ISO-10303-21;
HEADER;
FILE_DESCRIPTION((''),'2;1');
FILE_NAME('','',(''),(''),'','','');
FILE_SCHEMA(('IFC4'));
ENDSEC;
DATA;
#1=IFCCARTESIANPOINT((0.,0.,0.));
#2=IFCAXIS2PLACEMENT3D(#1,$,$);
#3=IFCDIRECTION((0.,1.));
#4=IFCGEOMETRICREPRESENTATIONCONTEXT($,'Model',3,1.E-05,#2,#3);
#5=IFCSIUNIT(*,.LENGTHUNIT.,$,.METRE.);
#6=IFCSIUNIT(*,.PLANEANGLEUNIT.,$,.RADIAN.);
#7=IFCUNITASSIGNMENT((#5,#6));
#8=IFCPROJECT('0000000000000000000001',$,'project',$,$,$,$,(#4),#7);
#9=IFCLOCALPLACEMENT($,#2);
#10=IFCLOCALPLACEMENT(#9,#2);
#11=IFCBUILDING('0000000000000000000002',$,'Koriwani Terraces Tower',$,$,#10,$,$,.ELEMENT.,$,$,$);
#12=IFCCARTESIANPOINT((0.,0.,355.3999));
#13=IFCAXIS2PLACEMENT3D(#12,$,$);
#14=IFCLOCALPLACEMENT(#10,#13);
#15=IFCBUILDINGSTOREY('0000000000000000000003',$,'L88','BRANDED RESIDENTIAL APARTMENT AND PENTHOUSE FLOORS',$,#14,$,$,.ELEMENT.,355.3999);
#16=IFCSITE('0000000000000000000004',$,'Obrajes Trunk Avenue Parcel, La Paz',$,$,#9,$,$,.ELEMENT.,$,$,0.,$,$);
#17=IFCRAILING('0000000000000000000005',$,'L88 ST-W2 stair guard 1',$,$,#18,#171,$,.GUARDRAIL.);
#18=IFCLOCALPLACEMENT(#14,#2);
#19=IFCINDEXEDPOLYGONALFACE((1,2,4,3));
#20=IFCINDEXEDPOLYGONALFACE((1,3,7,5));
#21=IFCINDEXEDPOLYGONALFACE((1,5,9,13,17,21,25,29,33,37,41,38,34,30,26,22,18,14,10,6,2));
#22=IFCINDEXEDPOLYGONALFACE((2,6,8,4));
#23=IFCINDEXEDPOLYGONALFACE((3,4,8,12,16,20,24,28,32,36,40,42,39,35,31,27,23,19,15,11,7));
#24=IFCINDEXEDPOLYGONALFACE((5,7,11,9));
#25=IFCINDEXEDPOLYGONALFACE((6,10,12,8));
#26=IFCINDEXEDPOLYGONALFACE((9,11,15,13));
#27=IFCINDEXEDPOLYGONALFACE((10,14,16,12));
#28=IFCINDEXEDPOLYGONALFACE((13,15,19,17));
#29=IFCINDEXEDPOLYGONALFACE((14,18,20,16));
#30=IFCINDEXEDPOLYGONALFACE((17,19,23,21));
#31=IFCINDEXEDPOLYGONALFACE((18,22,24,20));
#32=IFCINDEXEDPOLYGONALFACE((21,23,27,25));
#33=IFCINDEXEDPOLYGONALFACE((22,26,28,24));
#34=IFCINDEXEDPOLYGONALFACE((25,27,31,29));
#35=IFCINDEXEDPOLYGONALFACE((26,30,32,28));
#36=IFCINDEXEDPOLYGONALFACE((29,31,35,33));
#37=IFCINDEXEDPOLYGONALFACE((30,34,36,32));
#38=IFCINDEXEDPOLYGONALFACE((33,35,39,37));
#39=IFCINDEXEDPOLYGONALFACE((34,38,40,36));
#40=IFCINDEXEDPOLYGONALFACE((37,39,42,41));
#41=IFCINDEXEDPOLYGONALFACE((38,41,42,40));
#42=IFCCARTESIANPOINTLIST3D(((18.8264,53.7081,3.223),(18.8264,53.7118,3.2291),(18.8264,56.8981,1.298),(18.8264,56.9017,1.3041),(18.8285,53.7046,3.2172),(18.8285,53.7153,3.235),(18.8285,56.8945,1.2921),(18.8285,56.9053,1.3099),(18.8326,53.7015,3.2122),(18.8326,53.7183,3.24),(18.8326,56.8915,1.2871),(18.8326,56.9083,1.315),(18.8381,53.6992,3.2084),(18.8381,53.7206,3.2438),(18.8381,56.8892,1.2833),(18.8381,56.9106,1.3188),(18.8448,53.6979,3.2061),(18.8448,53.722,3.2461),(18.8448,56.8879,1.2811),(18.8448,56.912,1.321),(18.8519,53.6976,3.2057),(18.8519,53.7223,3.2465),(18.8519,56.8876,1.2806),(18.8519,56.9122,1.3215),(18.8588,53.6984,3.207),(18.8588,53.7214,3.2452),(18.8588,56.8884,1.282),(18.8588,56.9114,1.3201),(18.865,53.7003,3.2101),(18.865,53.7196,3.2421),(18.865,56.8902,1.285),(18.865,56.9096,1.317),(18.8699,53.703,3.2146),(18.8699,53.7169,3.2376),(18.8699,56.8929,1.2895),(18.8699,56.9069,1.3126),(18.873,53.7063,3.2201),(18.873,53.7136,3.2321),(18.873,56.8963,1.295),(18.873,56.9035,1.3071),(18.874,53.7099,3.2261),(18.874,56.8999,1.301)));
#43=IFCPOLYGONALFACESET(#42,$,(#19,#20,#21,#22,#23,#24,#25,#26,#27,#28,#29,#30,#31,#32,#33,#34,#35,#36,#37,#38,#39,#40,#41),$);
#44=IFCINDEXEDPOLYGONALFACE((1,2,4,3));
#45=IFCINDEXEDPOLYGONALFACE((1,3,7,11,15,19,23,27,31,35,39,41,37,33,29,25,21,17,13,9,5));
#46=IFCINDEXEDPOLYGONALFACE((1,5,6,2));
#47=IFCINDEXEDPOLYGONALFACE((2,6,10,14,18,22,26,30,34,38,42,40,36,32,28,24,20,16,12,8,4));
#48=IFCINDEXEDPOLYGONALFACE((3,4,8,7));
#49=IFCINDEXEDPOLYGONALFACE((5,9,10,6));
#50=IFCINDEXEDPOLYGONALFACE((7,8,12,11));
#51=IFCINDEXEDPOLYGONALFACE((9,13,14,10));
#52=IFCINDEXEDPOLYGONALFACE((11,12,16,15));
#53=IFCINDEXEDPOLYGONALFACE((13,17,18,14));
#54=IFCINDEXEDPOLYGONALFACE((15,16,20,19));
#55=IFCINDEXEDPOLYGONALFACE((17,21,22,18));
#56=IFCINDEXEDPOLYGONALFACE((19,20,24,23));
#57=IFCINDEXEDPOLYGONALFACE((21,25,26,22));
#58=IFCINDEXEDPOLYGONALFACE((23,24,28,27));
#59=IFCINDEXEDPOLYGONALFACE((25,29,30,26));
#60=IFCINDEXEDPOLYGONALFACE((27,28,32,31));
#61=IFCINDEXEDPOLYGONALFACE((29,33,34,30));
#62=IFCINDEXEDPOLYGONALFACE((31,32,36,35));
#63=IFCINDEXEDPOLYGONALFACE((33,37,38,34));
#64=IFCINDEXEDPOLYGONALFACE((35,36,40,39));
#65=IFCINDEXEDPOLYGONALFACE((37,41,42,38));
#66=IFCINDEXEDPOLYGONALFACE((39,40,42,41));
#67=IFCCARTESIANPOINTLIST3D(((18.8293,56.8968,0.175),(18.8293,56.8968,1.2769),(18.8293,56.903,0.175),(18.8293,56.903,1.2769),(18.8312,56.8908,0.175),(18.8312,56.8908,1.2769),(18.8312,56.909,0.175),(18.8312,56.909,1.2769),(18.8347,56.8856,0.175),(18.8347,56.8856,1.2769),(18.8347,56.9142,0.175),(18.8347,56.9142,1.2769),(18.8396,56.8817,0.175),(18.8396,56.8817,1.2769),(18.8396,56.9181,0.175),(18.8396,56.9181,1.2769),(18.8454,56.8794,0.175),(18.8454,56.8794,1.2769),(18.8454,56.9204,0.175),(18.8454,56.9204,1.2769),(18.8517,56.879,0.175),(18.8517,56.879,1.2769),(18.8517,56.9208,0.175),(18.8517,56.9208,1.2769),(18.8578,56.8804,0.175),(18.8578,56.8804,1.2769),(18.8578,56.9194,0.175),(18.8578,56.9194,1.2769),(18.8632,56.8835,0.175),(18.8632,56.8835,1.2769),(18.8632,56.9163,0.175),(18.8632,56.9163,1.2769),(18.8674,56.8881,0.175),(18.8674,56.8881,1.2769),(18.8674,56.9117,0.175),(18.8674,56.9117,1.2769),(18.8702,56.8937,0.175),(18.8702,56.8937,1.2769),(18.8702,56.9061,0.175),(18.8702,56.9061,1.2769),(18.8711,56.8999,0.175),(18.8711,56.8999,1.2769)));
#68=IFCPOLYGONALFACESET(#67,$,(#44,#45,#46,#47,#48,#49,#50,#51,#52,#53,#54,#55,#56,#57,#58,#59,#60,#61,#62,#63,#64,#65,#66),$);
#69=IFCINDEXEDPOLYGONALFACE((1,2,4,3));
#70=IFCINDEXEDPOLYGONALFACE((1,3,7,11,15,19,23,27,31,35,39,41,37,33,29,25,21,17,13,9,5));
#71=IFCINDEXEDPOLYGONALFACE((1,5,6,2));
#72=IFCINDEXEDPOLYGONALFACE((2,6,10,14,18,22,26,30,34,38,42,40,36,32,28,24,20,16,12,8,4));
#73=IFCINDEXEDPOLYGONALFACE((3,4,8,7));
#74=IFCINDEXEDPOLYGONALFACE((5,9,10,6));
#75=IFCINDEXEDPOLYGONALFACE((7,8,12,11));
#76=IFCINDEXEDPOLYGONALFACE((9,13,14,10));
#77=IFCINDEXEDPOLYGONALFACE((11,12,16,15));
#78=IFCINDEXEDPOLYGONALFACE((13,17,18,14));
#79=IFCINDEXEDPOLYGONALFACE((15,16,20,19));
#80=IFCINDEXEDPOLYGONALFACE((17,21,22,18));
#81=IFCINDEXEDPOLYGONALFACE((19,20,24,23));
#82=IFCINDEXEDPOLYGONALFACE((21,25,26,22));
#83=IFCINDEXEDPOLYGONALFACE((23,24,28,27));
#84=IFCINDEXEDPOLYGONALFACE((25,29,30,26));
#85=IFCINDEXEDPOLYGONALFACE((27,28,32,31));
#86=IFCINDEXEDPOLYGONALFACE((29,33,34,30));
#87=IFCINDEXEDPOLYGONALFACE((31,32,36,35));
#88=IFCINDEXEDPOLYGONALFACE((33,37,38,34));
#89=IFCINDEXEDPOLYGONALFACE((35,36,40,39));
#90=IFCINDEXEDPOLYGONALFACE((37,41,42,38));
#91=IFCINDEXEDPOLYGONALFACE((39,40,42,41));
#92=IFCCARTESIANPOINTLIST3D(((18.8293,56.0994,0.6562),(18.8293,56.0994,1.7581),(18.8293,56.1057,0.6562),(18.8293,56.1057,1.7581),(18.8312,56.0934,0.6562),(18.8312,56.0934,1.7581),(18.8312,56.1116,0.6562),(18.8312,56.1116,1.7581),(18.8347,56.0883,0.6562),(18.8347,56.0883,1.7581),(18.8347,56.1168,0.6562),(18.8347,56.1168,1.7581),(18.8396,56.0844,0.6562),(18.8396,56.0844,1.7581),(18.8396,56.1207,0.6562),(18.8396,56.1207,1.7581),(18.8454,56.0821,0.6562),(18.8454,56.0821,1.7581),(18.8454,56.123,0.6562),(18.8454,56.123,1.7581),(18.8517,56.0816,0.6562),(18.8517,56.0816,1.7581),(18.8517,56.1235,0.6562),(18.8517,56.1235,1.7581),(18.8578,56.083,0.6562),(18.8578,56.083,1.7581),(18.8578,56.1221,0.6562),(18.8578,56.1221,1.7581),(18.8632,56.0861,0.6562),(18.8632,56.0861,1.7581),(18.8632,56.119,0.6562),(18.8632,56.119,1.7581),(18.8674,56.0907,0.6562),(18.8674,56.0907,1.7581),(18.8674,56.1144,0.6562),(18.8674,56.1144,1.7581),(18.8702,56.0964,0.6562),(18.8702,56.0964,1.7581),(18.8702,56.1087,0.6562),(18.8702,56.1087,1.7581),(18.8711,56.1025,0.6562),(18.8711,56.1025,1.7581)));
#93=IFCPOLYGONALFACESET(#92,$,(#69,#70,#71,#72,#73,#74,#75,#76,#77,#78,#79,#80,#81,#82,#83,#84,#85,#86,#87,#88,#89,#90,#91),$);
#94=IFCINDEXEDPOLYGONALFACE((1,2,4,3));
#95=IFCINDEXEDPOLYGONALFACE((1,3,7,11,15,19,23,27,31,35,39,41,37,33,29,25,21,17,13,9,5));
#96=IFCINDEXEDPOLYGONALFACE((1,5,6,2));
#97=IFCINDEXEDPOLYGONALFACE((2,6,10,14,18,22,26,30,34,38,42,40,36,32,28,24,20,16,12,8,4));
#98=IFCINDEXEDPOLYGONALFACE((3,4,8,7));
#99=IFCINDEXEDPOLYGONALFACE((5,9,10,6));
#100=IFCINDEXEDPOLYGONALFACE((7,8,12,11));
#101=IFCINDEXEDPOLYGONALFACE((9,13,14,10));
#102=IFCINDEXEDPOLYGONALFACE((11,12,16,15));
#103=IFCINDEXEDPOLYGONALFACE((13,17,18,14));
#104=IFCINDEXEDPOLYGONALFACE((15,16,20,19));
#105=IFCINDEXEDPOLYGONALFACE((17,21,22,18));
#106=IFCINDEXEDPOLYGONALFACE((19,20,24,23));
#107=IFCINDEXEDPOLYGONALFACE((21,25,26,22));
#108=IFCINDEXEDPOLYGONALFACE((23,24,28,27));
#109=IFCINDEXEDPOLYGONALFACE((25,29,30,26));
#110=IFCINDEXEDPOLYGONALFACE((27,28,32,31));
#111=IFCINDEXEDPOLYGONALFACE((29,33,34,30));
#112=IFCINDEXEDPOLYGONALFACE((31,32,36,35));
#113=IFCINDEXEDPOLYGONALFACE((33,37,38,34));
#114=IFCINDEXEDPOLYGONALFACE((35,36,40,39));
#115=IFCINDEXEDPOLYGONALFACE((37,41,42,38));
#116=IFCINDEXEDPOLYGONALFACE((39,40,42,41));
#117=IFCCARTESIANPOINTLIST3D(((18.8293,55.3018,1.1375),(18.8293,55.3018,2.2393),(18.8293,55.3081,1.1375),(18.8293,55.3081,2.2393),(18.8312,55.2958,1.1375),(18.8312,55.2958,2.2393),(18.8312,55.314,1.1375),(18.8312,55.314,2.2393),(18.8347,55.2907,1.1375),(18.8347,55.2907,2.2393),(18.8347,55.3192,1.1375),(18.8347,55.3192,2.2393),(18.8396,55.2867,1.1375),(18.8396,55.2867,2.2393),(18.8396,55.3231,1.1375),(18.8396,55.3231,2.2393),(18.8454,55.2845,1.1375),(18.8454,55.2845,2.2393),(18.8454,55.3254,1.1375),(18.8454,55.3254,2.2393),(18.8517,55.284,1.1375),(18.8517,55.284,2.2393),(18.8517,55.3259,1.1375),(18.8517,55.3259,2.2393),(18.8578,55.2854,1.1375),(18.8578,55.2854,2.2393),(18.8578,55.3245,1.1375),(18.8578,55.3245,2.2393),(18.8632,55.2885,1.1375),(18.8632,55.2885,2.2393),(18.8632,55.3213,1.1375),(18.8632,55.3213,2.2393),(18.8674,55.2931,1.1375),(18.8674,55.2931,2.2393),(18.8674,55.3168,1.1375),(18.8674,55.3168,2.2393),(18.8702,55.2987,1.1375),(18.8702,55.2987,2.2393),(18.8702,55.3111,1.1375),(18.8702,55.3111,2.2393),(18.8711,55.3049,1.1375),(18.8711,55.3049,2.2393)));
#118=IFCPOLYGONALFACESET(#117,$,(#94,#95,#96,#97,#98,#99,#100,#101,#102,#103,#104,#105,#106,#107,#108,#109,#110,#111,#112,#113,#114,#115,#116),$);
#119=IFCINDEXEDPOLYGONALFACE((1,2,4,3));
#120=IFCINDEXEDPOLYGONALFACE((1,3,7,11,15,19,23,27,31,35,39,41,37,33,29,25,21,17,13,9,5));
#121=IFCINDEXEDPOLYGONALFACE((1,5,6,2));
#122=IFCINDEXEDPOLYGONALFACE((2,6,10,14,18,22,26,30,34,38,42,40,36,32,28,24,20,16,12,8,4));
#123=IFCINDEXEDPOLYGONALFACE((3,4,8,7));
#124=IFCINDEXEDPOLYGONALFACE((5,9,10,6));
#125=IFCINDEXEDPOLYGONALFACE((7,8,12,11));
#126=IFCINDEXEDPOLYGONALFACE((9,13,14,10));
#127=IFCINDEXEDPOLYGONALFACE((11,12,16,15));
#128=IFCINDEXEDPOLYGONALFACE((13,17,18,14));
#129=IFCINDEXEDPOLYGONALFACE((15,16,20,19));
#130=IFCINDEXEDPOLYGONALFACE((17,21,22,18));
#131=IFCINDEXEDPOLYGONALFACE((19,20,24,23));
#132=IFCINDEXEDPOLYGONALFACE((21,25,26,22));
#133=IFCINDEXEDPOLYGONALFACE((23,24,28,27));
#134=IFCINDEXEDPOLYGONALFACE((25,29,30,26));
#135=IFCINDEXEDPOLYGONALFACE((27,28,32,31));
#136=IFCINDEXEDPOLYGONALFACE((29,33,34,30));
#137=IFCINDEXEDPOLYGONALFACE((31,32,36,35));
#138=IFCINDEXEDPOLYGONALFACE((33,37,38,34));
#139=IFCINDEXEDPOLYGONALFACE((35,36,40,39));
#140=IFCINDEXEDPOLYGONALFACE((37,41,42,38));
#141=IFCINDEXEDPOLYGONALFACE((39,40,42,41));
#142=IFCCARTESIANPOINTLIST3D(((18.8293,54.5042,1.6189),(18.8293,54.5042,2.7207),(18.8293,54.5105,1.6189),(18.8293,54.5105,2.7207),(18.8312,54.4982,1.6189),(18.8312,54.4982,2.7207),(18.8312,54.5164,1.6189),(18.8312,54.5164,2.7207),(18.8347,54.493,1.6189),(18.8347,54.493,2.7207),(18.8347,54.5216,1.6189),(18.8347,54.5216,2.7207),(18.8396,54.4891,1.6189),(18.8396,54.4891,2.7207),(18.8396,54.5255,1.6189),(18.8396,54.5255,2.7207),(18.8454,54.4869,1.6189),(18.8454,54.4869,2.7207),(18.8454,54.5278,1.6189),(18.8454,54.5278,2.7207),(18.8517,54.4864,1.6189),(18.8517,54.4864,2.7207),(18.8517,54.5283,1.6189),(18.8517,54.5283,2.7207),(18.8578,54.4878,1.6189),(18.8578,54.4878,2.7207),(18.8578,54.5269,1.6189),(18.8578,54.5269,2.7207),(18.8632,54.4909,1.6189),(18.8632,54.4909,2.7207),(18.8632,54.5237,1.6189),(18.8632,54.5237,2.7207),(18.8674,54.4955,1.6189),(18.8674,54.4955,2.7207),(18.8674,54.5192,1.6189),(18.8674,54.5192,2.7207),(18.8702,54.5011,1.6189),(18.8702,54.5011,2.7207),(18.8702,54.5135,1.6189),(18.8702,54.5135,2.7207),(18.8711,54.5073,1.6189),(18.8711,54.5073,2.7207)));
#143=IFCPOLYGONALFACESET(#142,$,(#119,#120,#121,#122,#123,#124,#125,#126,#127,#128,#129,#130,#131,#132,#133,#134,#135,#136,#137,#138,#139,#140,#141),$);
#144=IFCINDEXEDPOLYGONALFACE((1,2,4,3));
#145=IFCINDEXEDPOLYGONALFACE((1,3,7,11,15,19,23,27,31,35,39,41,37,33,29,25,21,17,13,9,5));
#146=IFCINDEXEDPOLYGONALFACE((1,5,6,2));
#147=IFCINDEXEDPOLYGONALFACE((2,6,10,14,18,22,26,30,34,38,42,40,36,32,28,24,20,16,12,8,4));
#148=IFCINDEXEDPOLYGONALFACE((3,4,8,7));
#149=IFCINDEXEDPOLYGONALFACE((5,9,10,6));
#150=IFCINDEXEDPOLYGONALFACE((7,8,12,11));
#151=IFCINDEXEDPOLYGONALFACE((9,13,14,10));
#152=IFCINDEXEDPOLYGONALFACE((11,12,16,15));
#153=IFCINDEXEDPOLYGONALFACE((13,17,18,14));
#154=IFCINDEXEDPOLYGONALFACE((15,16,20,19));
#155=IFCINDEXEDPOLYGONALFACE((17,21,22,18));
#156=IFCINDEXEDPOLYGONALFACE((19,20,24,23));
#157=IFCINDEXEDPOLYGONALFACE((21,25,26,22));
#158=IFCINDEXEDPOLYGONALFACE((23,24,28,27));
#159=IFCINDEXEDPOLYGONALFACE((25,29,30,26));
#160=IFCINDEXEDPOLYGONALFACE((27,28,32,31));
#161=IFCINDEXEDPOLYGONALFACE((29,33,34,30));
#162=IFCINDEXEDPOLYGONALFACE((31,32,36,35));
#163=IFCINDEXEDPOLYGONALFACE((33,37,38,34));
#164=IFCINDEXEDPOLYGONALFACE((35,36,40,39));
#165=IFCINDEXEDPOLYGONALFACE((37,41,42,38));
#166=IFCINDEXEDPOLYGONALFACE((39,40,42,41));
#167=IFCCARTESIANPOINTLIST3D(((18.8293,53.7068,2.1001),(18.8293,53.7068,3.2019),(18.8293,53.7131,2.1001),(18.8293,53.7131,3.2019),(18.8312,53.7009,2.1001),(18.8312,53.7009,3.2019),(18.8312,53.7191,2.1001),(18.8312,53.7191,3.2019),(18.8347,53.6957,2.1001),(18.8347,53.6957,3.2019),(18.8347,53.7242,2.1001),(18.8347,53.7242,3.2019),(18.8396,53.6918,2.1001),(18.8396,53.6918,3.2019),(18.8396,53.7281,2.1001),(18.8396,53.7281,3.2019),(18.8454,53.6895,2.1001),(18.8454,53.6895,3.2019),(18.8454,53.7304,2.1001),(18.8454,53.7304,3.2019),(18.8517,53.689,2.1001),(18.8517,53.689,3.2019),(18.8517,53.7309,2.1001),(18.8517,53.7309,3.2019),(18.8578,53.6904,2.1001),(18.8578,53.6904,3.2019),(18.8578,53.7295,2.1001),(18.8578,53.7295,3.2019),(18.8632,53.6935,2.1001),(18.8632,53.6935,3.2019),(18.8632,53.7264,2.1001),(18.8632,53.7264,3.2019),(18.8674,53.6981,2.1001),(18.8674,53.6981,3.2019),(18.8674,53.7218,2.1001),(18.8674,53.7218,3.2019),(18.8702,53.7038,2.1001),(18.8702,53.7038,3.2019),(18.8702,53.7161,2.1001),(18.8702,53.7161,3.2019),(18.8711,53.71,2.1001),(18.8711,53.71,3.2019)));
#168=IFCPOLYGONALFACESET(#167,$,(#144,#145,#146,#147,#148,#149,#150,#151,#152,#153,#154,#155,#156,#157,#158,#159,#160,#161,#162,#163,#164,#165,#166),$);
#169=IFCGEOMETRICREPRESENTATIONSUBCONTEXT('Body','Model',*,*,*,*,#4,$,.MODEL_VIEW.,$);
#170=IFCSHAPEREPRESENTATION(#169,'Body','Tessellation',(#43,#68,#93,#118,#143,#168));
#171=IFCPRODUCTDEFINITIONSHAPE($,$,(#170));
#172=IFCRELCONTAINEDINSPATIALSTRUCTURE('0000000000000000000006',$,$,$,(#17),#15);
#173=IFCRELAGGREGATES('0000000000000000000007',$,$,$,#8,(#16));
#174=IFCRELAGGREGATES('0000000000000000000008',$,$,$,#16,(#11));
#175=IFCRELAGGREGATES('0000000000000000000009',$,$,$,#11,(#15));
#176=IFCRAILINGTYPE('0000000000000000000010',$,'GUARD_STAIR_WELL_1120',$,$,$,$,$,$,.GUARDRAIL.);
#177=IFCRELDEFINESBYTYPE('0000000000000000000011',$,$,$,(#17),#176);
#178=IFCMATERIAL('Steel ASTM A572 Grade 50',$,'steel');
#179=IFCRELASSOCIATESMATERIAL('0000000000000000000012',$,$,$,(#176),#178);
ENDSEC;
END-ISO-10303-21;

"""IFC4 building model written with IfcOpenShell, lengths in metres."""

from ifc_helpers import new_model, si_unit, direction, frame, origin, origin_2d, place, context, subcontext, project, spatial, circle, extrude, material, type_object, element, save


model = new_model("IFC4")

# Units and contexts
model_context = context("Model", 3, precision=1e-05, world=origin(), true_north=direction((0.0, 1.0)))
body_context = subcontext(model_context, "Body", "Model", "MODEL_VIEW")
ifc_project = project(units=[si_unit("LENGTHUNIT", "METRE"), si_unit("PLANEANGLEUNIT", "RADIAN")], contexts=[model_context])

# Site, building, storey
site_placement = place(None, origin())
site = spatial("IfcSite", under=ifc_project, at=site_placement, Name="Obrajes Trunk Avenue Parcel, La Paz", CompositionType="ELEMENT", RefElevation=0.0)
building_placement = place(site_placement, origin())
building = spatial("IfcBuilding", under=site, at=building_placement, Name="Koriwani Terraces Tower", CompositionType="ELEMENT")
storey_placement = place(building_placement, frame((0.0, 0.0, 355.3999)))
storey = spatial("IfcBuildingStorey", under=building, at=storey_placement, Name="L88", Description="BRANDED RESIDENTIAL APARTMENT AND PENTHOUSE FLOORS", CompositionType="ELEMENT", Elevation=355.3999)

# Shared definitions
ifc_material_1 = material(Name="Steel ASTM A572 Grade 50", Category="steel")

# Railing
railing_type_1 = type_object("IfcRailingType", Name="GUARD_STAIR_WELL_1120", PredefinedType="GUARDRAIL", material=ifc_material_1)
railing_1_placement = place(storey_placement, frame((18.8501, 56.8999, 0.175)))
element("IfcRailing", 1, at=railing_1_placement, inside=storey, type_object=railing_type_1, Name="L88 ST-W2 stair guard 1", PredefinedType="GUARDRAIL", context=body_context, shape_type="SweptSolid", body=[
    extrude(circle(Radius=0.0239, at=origin_2d()), frame((0.0, 0.0, 1.126), z_axis=(0.0, -0.856178, 0.516682), x_axis=(1.0, 0.0, 0.0)), (0.0, 0.0, 1.0), 3.7258),
    extrude(circle(Radius=0.021, at=origin_2d()), origin(), (0.0, 0.0, 1.0), 1.1018),
    extrude(circle(Radius=0.021, at=origin_2d()), frame((0.0, -0.7974, 0.4812)), (0.0, 0.0, 1.0), 1.1018),
    extrude(circle(Radius=0.021, at=origin_2d()), frame((0.0, -1.595, 0.9624)), (0.0, 0.0, 1.0), 1.1018),
    extrude(circle(Radius=0.021, at=origin_2d()), frame((0.0, -2.3926, 1.4438)), (0.0, 0.0, 1.0), 1.1018),
    extrude(circle(Radius=0.021, at=origin_2d()), frame((0.0, -3.1899, 1.925)), (0.0, 0.0, 1.0), 1.1018),
])

save(model, "model.ifc")
